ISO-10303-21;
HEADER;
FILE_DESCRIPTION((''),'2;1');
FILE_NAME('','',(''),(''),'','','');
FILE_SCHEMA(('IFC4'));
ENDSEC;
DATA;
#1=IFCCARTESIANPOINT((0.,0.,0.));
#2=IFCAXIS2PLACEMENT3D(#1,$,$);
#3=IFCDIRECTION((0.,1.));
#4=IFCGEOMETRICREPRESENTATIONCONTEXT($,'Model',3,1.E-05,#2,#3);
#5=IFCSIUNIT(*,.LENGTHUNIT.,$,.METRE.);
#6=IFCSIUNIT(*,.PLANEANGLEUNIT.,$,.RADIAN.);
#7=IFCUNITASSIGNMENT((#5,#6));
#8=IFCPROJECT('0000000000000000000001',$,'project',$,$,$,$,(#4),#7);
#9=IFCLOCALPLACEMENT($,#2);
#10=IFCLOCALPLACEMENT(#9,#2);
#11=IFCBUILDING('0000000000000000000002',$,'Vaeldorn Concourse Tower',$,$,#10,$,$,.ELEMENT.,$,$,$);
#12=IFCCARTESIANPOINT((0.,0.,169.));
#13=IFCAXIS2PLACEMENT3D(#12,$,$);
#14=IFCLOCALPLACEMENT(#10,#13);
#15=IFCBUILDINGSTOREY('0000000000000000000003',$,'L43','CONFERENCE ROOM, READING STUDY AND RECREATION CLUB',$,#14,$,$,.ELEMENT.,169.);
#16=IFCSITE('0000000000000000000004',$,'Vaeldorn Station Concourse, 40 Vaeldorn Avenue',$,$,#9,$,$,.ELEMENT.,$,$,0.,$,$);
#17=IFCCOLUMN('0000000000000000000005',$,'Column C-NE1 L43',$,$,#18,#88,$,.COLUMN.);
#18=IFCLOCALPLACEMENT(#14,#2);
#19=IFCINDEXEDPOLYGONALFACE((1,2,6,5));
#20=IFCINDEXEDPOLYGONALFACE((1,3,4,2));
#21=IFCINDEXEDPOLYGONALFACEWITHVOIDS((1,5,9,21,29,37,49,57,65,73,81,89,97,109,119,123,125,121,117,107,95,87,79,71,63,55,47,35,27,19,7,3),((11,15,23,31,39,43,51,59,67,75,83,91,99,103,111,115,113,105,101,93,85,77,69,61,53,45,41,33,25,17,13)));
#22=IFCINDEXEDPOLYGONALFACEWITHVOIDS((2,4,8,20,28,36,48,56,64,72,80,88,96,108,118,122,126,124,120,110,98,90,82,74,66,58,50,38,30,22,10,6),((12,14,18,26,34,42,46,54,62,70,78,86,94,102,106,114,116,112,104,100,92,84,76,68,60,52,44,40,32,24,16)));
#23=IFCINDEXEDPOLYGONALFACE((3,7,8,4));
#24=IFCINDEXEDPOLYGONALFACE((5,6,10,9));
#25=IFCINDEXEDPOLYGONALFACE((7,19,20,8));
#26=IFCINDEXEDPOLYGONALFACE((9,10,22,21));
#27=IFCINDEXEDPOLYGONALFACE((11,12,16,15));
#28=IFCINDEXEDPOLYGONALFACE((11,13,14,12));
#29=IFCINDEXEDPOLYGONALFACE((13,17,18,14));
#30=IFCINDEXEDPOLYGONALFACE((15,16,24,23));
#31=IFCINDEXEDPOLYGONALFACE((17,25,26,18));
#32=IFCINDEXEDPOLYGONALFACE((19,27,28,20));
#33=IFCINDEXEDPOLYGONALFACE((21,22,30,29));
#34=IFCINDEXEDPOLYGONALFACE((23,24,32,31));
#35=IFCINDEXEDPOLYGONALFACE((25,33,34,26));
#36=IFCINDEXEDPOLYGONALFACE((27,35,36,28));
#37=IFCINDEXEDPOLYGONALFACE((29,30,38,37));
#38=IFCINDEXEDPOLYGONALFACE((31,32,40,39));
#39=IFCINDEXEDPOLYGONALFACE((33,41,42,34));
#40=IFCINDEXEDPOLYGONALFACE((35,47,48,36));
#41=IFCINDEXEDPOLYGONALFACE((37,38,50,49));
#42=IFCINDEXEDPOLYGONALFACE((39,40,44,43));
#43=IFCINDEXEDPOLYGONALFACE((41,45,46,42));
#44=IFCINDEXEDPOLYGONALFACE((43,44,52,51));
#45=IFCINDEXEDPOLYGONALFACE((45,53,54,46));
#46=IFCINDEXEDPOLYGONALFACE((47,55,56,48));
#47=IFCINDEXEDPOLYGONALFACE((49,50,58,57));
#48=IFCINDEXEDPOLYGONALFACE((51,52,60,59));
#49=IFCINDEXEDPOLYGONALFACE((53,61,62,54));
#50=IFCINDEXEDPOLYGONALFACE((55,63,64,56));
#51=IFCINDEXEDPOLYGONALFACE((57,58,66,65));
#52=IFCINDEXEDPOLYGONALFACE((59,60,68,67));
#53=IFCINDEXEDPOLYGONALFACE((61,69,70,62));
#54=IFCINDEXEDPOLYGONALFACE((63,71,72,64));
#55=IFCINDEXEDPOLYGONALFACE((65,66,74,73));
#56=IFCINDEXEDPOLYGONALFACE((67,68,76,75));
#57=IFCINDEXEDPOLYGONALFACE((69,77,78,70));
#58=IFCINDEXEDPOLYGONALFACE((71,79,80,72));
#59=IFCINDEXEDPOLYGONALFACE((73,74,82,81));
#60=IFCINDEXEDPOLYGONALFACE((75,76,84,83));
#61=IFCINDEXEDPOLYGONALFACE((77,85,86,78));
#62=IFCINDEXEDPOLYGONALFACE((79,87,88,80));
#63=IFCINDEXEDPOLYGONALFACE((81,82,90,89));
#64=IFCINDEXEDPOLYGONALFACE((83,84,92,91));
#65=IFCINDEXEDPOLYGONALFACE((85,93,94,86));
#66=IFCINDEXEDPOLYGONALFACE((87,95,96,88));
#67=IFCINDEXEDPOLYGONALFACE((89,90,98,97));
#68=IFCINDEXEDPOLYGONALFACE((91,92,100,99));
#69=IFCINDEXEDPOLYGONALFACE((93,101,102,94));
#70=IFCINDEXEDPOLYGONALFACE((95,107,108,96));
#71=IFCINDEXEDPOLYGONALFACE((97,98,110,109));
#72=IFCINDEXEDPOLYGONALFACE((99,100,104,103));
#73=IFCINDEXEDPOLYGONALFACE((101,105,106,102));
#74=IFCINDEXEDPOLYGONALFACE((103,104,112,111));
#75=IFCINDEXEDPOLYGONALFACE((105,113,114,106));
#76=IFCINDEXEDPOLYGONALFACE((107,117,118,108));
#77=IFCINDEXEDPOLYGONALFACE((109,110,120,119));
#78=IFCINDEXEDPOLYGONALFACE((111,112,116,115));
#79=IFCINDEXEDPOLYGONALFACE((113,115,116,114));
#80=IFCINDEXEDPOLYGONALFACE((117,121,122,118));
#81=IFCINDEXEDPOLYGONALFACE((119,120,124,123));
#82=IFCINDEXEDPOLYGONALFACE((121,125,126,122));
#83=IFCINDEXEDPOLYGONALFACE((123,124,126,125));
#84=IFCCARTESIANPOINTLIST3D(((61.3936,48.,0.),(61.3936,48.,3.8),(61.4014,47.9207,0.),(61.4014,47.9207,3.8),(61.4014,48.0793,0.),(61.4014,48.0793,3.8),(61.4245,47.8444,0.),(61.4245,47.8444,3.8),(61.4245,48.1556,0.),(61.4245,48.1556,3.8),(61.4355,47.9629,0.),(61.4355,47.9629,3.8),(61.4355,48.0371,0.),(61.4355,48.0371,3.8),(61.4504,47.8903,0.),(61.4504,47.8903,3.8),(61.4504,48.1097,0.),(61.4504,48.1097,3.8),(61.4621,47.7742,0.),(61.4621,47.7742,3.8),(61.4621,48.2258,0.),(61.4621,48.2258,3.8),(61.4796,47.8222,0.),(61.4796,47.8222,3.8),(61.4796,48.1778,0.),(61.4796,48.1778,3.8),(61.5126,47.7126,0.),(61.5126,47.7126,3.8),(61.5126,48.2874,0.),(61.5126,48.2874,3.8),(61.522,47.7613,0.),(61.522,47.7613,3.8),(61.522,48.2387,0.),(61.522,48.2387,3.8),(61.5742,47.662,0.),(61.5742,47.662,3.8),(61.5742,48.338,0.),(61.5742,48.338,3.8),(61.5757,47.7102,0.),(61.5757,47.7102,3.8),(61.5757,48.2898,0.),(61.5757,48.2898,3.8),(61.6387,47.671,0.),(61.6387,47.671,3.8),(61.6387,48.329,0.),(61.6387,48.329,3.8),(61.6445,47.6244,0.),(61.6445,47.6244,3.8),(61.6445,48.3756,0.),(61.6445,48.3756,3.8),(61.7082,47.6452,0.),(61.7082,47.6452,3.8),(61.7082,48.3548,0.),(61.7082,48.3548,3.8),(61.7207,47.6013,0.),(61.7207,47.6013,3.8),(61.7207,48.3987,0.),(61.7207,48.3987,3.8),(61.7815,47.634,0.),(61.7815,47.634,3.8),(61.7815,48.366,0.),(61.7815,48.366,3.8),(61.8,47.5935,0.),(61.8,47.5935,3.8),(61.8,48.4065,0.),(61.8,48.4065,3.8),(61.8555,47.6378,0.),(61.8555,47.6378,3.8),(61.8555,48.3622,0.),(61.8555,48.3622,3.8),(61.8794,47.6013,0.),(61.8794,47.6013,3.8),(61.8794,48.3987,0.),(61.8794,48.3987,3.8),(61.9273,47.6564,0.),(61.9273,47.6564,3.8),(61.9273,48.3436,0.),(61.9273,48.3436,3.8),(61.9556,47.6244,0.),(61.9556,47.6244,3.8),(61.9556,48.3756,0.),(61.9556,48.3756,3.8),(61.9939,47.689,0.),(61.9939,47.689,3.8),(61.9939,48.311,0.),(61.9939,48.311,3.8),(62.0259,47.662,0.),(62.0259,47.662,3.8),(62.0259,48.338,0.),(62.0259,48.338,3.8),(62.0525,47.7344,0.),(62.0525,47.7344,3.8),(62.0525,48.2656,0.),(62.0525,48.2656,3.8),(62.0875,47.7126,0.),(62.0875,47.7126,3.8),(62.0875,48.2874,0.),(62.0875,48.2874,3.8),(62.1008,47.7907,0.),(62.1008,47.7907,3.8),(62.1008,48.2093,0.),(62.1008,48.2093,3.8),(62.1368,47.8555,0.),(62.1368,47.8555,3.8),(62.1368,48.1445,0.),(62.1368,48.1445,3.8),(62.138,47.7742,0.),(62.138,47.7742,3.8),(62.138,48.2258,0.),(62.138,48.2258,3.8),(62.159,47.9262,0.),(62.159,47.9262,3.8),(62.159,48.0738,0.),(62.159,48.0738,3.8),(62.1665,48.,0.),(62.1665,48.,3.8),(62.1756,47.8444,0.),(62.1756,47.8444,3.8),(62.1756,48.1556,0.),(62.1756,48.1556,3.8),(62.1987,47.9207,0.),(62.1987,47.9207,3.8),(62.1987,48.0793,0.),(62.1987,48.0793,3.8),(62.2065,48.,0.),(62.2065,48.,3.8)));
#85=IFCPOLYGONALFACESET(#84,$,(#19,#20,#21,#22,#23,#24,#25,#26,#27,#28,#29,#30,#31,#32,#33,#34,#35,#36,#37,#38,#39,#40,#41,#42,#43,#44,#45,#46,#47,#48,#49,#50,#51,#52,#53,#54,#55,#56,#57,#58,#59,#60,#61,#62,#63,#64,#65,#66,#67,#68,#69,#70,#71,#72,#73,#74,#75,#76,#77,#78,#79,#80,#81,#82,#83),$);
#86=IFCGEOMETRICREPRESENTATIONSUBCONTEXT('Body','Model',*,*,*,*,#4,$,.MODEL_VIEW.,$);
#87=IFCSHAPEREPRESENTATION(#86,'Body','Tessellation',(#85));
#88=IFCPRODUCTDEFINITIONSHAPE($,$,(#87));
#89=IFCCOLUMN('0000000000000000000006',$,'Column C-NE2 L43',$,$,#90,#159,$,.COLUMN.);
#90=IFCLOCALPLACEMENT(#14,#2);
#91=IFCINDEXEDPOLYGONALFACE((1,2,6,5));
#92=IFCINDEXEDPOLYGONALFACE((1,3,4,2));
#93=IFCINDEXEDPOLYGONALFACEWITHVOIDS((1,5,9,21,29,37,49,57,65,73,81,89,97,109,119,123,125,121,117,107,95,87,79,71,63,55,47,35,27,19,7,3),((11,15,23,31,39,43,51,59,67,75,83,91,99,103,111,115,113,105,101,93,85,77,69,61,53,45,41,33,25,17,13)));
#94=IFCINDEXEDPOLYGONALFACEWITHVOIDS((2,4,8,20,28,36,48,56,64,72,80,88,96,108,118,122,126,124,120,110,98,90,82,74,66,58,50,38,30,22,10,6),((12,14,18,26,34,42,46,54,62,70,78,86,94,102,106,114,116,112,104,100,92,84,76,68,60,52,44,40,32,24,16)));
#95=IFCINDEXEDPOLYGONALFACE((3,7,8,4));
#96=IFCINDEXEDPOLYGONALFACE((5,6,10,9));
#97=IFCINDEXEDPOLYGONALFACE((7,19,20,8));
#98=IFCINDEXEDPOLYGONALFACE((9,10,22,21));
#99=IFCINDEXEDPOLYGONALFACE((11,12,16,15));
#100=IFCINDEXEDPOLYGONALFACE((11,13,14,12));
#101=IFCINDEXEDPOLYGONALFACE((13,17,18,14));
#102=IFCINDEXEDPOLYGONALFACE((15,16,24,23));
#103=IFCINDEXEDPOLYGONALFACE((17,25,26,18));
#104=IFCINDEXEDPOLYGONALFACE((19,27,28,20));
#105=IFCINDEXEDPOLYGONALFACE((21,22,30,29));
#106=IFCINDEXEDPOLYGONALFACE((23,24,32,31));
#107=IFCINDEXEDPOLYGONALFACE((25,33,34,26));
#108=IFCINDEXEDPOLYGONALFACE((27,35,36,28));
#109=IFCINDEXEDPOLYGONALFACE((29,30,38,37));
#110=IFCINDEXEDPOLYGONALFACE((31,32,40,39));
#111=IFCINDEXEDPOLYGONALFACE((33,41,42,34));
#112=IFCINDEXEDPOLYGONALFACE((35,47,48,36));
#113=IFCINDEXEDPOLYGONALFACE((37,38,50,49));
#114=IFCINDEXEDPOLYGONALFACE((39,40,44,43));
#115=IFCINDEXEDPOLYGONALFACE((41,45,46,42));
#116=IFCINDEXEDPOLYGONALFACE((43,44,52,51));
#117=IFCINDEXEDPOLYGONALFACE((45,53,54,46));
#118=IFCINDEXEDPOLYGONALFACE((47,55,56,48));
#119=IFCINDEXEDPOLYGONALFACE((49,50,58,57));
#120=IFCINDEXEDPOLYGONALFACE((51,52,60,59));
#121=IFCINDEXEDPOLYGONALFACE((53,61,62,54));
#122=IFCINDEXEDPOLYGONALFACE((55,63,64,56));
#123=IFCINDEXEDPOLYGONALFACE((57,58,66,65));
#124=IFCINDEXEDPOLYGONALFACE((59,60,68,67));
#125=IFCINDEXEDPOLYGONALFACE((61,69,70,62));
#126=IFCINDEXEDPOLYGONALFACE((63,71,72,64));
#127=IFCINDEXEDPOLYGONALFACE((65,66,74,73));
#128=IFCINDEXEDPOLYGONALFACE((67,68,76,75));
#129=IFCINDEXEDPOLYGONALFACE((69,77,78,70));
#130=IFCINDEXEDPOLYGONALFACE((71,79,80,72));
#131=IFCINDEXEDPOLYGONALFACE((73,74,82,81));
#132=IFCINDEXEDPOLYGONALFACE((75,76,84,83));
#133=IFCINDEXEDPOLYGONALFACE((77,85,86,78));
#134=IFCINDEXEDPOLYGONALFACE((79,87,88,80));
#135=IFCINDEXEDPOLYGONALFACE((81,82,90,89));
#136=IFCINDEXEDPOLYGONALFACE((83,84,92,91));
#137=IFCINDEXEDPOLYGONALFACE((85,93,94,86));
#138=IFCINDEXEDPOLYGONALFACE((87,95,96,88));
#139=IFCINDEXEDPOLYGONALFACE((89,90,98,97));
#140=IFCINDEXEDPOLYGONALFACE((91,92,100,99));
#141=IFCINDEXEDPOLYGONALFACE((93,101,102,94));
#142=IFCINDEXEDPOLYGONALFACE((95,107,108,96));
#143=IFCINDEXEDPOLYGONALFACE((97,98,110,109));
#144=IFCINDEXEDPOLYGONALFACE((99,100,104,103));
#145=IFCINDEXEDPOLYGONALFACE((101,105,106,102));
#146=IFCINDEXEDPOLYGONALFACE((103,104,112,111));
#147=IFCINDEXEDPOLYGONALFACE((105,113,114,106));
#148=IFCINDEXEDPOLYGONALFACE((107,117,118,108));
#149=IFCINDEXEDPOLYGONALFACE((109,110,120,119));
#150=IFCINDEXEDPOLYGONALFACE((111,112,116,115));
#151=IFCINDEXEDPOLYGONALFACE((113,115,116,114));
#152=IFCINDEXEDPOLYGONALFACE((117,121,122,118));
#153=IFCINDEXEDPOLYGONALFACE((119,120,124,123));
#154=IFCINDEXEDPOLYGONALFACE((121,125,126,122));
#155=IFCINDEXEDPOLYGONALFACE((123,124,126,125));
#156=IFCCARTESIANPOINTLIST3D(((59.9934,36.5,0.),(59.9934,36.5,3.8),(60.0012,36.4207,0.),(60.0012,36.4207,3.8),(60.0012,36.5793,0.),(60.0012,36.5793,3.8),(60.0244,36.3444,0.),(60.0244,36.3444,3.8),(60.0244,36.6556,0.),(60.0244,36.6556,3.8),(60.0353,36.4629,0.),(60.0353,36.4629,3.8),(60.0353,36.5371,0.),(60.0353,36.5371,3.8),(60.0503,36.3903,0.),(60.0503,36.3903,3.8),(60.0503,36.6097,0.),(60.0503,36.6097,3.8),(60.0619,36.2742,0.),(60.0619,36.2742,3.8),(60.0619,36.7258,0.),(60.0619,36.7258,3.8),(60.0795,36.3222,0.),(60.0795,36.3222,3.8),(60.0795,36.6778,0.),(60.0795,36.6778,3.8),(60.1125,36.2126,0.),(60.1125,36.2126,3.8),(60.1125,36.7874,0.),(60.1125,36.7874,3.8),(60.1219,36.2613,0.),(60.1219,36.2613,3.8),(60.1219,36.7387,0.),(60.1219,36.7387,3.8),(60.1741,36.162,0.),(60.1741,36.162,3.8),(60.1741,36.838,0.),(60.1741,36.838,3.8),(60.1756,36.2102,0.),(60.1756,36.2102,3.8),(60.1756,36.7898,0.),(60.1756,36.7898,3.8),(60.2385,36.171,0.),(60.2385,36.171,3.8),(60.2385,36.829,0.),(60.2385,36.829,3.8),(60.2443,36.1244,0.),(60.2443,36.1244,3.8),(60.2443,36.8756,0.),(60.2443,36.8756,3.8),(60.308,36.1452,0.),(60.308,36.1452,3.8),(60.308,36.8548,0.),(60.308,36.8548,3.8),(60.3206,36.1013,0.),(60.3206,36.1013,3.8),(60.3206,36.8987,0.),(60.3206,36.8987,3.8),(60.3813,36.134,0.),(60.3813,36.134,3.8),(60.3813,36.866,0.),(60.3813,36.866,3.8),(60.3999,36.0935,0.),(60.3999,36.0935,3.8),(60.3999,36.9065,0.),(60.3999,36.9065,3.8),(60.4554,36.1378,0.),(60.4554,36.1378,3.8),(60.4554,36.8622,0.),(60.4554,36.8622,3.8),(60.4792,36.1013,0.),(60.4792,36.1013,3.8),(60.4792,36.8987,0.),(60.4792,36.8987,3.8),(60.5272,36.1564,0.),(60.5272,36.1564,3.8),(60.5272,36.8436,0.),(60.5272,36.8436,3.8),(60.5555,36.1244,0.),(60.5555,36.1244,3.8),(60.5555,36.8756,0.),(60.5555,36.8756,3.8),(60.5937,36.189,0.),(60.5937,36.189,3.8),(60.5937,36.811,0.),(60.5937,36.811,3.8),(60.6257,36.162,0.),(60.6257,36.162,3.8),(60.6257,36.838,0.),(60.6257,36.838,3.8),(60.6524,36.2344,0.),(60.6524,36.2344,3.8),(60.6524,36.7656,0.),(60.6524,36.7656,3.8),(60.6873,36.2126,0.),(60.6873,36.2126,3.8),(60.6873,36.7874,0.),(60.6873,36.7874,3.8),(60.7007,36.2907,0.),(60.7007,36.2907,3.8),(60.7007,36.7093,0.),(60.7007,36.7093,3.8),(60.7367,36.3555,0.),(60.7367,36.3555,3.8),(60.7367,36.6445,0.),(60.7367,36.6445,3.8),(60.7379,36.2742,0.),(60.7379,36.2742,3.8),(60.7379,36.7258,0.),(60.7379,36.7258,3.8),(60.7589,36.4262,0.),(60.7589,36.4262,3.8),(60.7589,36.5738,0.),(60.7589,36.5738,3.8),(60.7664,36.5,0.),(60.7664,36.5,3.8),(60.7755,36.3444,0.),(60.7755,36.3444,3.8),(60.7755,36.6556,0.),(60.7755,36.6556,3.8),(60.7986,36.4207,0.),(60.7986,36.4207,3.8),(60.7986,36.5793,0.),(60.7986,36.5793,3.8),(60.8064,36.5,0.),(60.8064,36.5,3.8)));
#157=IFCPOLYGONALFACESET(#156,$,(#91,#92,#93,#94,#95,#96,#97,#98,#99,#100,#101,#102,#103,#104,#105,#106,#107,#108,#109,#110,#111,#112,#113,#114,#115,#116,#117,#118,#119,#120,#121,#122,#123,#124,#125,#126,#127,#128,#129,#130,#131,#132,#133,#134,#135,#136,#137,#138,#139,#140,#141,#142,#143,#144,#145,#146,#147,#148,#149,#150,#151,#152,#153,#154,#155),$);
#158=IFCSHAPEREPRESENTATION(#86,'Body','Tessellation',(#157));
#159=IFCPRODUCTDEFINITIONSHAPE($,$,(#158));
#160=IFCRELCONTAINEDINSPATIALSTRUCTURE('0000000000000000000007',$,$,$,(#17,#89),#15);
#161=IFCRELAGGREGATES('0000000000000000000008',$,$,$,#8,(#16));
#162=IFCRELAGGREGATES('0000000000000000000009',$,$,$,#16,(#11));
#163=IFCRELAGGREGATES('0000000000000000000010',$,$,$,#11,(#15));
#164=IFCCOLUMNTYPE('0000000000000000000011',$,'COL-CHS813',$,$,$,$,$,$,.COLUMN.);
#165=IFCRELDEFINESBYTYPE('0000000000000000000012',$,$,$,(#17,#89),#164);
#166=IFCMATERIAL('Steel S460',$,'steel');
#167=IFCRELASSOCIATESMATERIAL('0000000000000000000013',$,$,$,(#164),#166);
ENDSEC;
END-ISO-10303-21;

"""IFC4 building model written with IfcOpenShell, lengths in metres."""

from ifc_helpers import new_model, si_unit, direction, frame, origin, origin_2d, place, context, subcontext, project, spatial, hollow_circle, extrude, source, transform, mapped, material, material_profile, profile_set, type_object, element, save


model = new_model("IFC4")

# Units and contexts
model_context = context("Model", 3, precision=1e-05, world=origin(), true_north=direction((0.0, 1.0)))
body_context = subcontext(model_context, "Body", "Model", "MODEL_VIEW")
ifc_project = project(units=[si_unit("LENGTHUNIT", "METRE"), si_unit("PLANEANGLEUNIT", "RADIAN")], contexts=[model_context])

# Site, building, storey
site_placement = place(None, origin())
site = spatial("IfcSite", under=ifc_project, at=site_placement, Name="Vaeldorn Station Concourse, 40 Vaeldorn Avenue", CompositionType="ELEMENT", RefElevation=0.0)
building_placement = place(site_placement, origin())
building = spatial("IfcBuilding", under=site, at=building_placement, Name="Vaeldorn Concourse Tower", CompositionType="ELEMENT")
storey_placement = place(building_placement, frame((0.0, 0.0, 169.0)))
storey = spatial("IfcBuildingStorey", under=building, at=storey_placement, Name="L43", Description="CONFERENCE ROOM, READING STUDY AND RECREATION CLUB", CompositionType="ELEMENT", Elevation=169.0)

# Columns
ifc_material_1 = material(Name="Steel S460", Category="steel")
ifc_material_profile_1 = material_profile(ifc_material_1, hollow_circle(Radius=0.4065, WallThickness=0.04, at=origin_2d()), Name="CHS 813x40")
ifc_profile_set_1 = profile_set([ifc_material_profile_1], Name="Steel S460")
column_type = type_object("IfcColumnType", Name="COL-CHS813", PredefinedType="COLUMN", material=ifc_profile_set_1)
shared_shape_1 = source(origin(), body_context, "Body", "SweptSolid", [
    extrude(hollow_circle(Radius=0.4065, WallThickness=0.04, at=origin_2d()), origin(), (0.0, 0.0, 1.0), 3.8),
])
for number, where, z_axis, x_axis, name in (
    (1, (61.8, 48.0, 0.0), (0.0, 0.0, 1.0), (1.0, 0.0, 0.0), "Column C-NE1 L43"),
    (2, (60.3999, 36.5, 0.0), (0.0, 0.0, 1.0), (1.0, 0.0, 0.0), "Column C-NE2 L43"),
):
    element("IfcColumn", number, at=place(storey_placement, frame(where, z_axis=z_axis, x_axis=x_axis)), inside=storey, type_object=column_type, Name=name, PredefinedType="COLUMN", context=body_context, shape_type="MappedRepresentation", body=[
        mapped(shared_shape_1, transform((0.0, 0.0, 0.0), scale=1.0)),
    ])

save(model, "model.ifc")
